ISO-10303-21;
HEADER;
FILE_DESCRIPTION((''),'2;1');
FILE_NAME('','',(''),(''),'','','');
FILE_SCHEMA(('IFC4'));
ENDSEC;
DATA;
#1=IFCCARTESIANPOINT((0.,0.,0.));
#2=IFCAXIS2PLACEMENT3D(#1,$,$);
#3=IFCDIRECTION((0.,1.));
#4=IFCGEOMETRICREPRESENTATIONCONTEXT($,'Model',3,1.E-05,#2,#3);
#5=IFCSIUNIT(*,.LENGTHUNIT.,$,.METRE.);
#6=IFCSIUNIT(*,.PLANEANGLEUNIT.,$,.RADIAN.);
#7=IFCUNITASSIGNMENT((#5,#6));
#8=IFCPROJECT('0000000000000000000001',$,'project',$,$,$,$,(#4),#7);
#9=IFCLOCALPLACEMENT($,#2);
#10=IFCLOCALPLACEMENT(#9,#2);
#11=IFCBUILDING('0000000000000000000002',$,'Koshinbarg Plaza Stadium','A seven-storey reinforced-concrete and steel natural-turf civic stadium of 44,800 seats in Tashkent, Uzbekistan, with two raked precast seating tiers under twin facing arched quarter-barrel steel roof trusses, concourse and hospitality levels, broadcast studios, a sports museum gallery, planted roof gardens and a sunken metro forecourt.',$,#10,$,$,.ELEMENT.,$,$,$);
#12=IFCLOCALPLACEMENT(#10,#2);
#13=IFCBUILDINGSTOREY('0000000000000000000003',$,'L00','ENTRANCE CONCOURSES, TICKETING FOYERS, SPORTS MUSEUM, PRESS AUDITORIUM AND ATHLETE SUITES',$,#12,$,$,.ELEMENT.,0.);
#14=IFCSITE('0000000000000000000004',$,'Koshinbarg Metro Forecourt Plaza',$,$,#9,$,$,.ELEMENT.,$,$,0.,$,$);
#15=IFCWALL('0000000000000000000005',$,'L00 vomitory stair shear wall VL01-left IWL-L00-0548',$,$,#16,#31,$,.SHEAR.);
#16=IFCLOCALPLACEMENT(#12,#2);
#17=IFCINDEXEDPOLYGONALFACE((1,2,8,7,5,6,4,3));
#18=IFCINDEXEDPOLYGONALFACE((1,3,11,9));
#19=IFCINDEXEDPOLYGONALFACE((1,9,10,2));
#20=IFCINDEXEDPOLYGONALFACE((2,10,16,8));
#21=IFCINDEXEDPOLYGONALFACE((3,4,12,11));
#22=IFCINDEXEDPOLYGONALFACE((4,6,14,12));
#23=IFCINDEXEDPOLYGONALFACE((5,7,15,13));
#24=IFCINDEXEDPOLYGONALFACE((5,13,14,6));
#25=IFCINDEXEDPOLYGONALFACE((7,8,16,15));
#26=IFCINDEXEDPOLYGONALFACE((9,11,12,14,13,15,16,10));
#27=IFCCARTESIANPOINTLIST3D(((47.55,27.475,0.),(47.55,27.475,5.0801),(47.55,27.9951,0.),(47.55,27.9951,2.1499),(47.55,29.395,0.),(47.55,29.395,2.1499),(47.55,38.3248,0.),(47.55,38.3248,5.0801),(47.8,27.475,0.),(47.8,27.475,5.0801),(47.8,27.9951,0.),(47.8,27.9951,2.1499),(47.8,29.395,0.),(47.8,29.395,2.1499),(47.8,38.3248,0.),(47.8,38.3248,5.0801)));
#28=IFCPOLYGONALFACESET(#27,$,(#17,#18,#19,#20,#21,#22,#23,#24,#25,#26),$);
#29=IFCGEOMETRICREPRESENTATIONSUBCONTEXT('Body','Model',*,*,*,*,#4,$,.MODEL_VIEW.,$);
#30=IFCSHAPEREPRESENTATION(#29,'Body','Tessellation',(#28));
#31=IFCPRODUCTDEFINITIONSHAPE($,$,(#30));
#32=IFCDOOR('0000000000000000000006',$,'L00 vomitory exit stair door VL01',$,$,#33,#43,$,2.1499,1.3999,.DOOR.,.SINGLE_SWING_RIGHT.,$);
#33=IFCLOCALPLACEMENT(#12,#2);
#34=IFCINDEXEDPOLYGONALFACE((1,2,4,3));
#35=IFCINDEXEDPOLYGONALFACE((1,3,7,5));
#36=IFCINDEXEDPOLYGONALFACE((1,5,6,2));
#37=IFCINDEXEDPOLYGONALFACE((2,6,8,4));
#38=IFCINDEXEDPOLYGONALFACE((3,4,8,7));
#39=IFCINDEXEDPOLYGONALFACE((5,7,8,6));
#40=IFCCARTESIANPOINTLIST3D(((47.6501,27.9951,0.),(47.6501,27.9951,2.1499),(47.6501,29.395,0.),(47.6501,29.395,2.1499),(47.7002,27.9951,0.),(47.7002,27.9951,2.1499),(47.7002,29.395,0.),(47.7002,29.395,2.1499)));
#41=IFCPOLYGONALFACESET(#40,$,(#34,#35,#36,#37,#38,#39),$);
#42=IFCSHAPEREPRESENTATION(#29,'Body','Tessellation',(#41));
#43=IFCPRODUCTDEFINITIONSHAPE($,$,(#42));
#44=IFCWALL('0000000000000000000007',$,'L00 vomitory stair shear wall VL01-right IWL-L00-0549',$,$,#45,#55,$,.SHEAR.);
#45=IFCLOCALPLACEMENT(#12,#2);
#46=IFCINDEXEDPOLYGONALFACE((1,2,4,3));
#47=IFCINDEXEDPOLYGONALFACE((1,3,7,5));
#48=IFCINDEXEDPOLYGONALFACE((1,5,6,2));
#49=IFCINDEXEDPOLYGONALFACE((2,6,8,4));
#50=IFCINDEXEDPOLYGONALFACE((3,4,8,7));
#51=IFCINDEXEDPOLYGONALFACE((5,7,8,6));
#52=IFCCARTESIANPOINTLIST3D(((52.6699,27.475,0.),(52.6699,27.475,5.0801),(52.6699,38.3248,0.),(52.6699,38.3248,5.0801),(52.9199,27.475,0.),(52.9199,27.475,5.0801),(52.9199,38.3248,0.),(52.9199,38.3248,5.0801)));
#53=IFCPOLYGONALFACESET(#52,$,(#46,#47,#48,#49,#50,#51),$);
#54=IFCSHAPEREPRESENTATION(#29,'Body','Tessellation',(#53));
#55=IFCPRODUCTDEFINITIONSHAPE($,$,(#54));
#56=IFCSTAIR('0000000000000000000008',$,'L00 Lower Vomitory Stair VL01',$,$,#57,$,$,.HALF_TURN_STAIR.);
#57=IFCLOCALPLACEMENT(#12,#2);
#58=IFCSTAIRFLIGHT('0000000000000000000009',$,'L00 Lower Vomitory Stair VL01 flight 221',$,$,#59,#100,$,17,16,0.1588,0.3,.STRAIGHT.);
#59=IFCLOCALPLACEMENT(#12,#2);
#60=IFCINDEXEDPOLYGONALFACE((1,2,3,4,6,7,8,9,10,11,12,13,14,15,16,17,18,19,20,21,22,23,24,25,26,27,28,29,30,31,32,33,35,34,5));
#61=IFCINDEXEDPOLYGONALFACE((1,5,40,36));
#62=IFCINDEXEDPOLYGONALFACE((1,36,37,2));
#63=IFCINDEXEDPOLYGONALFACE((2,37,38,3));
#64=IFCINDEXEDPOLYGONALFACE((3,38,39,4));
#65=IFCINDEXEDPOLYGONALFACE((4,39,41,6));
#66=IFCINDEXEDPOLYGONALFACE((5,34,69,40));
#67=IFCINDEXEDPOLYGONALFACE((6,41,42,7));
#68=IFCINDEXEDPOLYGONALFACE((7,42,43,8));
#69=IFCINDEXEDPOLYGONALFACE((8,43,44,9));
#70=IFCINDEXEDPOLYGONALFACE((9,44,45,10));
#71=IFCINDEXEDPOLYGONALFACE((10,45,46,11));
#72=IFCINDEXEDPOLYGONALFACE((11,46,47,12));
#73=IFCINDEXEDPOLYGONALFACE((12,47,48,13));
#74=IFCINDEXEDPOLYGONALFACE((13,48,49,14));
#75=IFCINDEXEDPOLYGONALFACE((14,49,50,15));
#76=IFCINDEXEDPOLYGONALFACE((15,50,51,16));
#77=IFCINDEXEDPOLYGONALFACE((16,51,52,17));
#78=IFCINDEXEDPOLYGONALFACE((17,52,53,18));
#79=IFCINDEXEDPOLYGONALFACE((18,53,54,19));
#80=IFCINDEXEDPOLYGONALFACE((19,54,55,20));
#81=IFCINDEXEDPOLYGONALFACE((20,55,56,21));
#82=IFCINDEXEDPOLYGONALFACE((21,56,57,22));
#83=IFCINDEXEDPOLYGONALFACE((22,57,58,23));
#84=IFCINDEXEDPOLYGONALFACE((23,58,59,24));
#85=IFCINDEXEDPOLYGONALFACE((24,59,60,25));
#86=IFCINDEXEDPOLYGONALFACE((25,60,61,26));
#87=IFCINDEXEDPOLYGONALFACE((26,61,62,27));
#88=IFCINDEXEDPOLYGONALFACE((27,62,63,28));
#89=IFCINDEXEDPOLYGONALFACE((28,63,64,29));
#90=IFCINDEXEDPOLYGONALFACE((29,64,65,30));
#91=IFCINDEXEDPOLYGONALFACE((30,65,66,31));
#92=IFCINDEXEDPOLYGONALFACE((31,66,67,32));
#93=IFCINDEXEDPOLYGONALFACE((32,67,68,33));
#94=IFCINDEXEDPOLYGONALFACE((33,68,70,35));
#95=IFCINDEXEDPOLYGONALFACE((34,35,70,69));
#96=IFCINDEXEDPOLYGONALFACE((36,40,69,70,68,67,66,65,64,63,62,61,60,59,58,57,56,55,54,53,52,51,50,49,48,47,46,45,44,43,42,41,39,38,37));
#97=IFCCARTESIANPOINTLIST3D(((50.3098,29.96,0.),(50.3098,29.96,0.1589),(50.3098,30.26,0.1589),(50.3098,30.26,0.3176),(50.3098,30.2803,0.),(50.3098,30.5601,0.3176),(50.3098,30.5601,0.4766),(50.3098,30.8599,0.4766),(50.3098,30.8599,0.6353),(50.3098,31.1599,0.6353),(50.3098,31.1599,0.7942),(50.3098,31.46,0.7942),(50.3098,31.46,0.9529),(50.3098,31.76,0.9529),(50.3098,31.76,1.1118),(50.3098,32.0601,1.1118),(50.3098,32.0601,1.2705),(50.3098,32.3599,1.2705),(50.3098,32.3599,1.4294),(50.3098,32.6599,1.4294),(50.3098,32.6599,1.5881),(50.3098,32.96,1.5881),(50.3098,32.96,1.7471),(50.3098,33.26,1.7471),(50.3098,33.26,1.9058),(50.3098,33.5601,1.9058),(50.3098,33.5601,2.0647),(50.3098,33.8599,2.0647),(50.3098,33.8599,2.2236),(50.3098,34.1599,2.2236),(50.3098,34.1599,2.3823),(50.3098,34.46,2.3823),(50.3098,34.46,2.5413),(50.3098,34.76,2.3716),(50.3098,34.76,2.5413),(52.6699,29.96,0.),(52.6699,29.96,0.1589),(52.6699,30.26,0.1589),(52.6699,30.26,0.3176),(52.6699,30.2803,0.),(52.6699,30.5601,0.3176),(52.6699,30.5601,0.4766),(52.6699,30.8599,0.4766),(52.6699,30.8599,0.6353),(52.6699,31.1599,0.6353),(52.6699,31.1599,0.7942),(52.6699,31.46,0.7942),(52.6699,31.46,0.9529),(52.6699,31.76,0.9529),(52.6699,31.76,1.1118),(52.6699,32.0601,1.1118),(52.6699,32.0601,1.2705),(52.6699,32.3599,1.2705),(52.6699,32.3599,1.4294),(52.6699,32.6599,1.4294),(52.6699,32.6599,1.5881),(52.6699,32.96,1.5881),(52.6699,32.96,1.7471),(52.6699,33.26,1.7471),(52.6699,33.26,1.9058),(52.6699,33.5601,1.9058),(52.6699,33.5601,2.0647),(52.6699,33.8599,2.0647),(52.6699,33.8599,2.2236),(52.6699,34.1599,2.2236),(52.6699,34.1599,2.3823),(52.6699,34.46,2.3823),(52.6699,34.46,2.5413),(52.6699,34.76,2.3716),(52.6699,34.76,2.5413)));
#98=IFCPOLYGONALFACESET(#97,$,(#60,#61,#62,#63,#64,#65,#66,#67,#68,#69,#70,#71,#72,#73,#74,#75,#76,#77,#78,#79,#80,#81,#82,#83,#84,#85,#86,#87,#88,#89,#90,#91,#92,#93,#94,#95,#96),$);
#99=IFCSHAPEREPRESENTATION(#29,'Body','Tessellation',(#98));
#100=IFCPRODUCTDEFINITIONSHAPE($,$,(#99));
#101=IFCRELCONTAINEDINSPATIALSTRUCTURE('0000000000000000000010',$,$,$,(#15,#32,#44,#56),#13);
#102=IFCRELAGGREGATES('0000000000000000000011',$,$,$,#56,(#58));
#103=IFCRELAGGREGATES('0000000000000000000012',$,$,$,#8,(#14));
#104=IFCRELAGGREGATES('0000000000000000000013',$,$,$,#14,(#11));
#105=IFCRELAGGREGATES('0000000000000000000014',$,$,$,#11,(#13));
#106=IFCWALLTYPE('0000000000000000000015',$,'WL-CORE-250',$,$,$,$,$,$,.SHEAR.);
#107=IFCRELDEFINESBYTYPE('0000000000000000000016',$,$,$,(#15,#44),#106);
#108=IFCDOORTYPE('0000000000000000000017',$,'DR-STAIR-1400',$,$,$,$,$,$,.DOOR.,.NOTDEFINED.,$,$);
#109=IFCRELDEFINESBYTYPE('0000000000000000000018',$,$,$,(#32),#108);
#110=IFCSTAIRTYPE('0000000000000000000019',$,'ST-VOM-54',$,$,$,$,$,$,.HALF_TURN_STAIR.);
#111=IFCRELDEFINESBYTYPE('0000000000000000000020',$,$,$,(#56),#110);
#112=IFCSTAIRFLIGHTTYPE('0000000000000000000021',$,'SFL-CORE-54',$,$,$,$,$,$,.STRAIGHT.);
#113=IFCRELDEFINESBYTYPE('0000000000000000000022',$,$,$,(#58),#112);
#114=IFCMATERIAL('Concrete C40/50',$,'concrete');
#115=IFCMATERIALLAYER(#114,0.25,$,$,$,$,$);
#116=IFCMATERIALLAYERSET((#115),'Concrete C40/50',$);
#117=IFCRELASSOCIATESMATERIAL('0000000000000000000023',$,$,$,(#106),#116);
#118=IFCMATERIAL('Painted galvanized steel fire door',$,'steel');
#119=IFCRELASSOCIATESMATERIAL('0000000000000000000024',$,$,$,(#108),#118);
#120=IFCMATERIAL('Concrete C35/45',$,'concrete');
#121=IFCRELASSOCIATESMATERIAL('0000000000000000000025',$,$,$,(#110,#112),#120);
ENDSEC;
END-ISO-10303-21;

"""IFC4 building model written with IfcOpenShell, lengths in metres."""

from ifc_helpers import new_model, si_unit, direction, frame, frame_2d, origin, place, context, subcontext, project, spatial, polyline, rectangle, outline, extrude, material, layer, layer_set, type_object, element, fill, aggregate, save


model = new_model("IFC4")

# Units and contexts
model_context = context("Model", 3, precision=1e-05, world=origin(), true_north=direction((0.0, 1.0)))
body_context = subcontext(model_context, "Body", "Model", "MODEL_VIEW")
ifc_project = project(units=[si_unit("LENGTHUNIT", "METRE"), si_unit("PLANEANGLEUNIT", "RADIAN")], contexts=[model_context])

# Site, building, storey
site_placement = place(None, origin())
site = spatial("IfcSite", under=ifc_project, at=site_placement, Name="Koshinbarg Metro Forecourt Plaza", CompositionType="ELEMENT", RefElevation=0.0)
building_placement = place(site_placement, origin())
building = spatial("IfcBuilding", under=site, at=building_placement, Name="Koshinbarg Plaza Stadium", Description="A seven-storey reinforced-concrete and steel natural-turf civic stadium of 44,800 seats in Tashkent, Uzbekistan, with two raked precast seating tiers under twin facing arched quarter-barrel steel roof trusses, concourse and hospitality levels, broadcast studios, a sports museum gallery, planted roof gardens and a sunken metro forecourt.", CompositionType="ELEMENT")
storey_placement = place(building_placement, origin())
storey = spatial("IfcBuildingStorey", under=building, at=storey_placement, Name="L00", Description="ENTRANCE CONCOURSES, TICKETING FOYERS, SPORTS MUSEUM, PRESS AUDITORIUM AND ATHLETE SUITES", CompositionType="ELEMENT", Elevation=0.0)

# Shared definitions
ifc_material_1 = material(Name="Concrete C35/45", Category="concrete")

# Shared definitions
ifc_material_2 = material(Name="Concrete C40/50", Category="concrete")

# Shared definitions
ifc_layer = layer(ifc_material_2, 0.25)
ifc_layer_set = layer_set([ifc_layer], Name="Concrete C40/50")
wall_type = type_object("IfcWallType", Name="WL-CORE-250", PredefinedType="SHEAR", material=ifc_layer_set)

# Wall, opening, door
wall_1_placement = place(storey_placement, frame((47.675, 27.4751, 0.0), z_axis=(0.0, 0.0, 1.0), x_axis=(0.0, 1.0, 0.0)))
wall_1 = element("IfcWall", 1, at=wall_1_placement, inside=storey, type_object=wall_type, Name="L00 vomitory stair shear wall VL01-left IWL-L00-0548", PredefinedType="SHEAR", context=body_context, shape_type="SweptSolid", body=[
    extrude(rectangle(XDim=10.8499, YDim=0.25, at=frame_2d((5.4248, 0.0))), origin(), (0.0, 0.0, 1.0), 5.0801),
])
opening_placement = place(wall_1_placement, frame((0.52, 0.0, 0.0)))
opening = element("IfcOpeningElement", 2, at=opening_placement, cuts=wall_1, PredefinedType="OPENING", context=body_context, shape_type="SweptSolid", body=[
    extrude(rectangle(XDim=1.3999, YDim=2.1499, at=frame_2d((0.7, 1.075))), frame((0.0, 0.135, 0.0), z_axis=(0.0, -1.0, 0.0), x_axis=(1.0, 0.0, 0.0)), (0.0, 0.0, 1.0), 0.27),
])
ifc_material_3 = material(Name="Painted galvanized steel fire door", Category="steel")
door_type = type_object("IfcDoorType", Name="DR-STAIR-1400", OperationType="NOTDEFINED", PredefinedType="DOOR", material=ifc_material_3)
door_placement = place(opening_placement, origin())
door = element("IfcDoor", 3, at=door_placement, inside=storey, type_object=door_type, Name="L00 vomitory exit stair door VL01", OperationType="SINGLE_SWING_RIGHT", OverallHeight=2.1499, OverallWidth=1.3999, PredefinedType="DOOR", context=body_context, shape_type="SweptSolid", body=[
    extrude(rectangle(XDim=1.3999, YDim=2.1499, at=frame_2d((0.7, 1.075))), frame((0.0, 0.0249, 0.0), z_axis=(0.0, -1.0, 0.0), x_axis=(1.0, 0.0, 0.0)), (0.0, 0.0, 1.0), 0.05),
])
fill(opening, door)

# Wall
wall_2_placement = place(storey_placement, frame((52.7949, 27.4751, 0.0), z_axis=(0.0, 0.0, 1.0), x_axis=(0.0, 1.0, 0.0)))
element("IfcWall", 4, at=wall_2_placement, inside=storey, type_object=wall_type, Name="L00 vomitory stair shear wall VL01-right IWL-L00-0549", PredefinedType="SHEAR", context=body_context, shape_type="SweptSolid", body=[
    extrude(rectangle(XDim=10.8499, YDim=0.25, at=frame_2d((5.4248, 0.0))), origin(), (0.0, 0.0, 1.0), 5.0801),
])

# Stair, stair flight
stair_type = type_object("IfcStairType", Name="ST-VOM-54", PredefinedType="HALF_TURN_STAIR", material=ifc_material_1)
stair_placement = place(storey_placement, origin())
stair = element("IfcStair", 5, at=stair_placement, inside=storey, type_object=stair_type, Name="L00 Lower Vomitory Stair VL01", PredefinedType="HALF_TURN_STAIR")
stair_flight_type = type_object("IfcStairFlightType", Name="SFL-CORE-54", PredefinedType="STRAIGHT", material=ifc_material_1)
stair_flight_placement = place(storey_placement, frame((51.49, 29.96, 0.0), z_axis=(0.0, 0.0, 1.0), x_axis=(0.0, 1.0, 0.0)))
stair_flight = element("IfcStairFlight", 6, at=stair_flight_placement, type_object=stair_flight_type, Name="L00 Lower Vomitory Stair VL01 flight 221", NumberOfRisers=17, NumberOfTreads=16, PredefinedType="STRAIGHT", RiserHeight=0.1588, TreadLength=0.3, context=body_context, shape_type="SweptSolid", body=[
    extrude(outline(polyline([(0.0, 0.0), (0.0, 0.1589), (0.3, 0.1589), (0.3, 0.3176), (0.6001, 0.3176), (0.6001, 0.4766), (0.8999, 0.4766), (0.8999, 0.6353), (1.2, 0.6353), (1.2, 0.7942), (1.5, 0.7942), (1.5, 0.9529), (1.8, 0.9529), (1.8, 1.1118), (2.1001, 1.1118), (2.1001, 1.2705), (2.3999, 1.2705), (2.3999, 1.4294), (2.7, 1.4294), (2.7, 1.5881), (3.0, 1.5881), (3.0, 1.7471), (3.3, 1.7471), (3.3, 1.9058), (3.6001, 1.9058), (3.6001, 2.0647), (3.8999, 2.0647), (3.8999, 2.2236), (4.2, 2.2236), (4.2, 2.3823), (4.5, 2.3823), (4.5, 2.5413), (4.8, 2.5413), (4.8, 2.7), (4.8, 2.3716), (0.3203, 0.0), (0.0, 0.0)])), frame((0.0, 1.1802, 0.0), z_axis=(0.0, -1.0, 0.0), x_axis=(1.0, 0.0, 0.0)), (0.0, 0.0, 1.0), 2.3601),
])
aggregate(stair, [stair_flight])

save(model, "model.ifc")
